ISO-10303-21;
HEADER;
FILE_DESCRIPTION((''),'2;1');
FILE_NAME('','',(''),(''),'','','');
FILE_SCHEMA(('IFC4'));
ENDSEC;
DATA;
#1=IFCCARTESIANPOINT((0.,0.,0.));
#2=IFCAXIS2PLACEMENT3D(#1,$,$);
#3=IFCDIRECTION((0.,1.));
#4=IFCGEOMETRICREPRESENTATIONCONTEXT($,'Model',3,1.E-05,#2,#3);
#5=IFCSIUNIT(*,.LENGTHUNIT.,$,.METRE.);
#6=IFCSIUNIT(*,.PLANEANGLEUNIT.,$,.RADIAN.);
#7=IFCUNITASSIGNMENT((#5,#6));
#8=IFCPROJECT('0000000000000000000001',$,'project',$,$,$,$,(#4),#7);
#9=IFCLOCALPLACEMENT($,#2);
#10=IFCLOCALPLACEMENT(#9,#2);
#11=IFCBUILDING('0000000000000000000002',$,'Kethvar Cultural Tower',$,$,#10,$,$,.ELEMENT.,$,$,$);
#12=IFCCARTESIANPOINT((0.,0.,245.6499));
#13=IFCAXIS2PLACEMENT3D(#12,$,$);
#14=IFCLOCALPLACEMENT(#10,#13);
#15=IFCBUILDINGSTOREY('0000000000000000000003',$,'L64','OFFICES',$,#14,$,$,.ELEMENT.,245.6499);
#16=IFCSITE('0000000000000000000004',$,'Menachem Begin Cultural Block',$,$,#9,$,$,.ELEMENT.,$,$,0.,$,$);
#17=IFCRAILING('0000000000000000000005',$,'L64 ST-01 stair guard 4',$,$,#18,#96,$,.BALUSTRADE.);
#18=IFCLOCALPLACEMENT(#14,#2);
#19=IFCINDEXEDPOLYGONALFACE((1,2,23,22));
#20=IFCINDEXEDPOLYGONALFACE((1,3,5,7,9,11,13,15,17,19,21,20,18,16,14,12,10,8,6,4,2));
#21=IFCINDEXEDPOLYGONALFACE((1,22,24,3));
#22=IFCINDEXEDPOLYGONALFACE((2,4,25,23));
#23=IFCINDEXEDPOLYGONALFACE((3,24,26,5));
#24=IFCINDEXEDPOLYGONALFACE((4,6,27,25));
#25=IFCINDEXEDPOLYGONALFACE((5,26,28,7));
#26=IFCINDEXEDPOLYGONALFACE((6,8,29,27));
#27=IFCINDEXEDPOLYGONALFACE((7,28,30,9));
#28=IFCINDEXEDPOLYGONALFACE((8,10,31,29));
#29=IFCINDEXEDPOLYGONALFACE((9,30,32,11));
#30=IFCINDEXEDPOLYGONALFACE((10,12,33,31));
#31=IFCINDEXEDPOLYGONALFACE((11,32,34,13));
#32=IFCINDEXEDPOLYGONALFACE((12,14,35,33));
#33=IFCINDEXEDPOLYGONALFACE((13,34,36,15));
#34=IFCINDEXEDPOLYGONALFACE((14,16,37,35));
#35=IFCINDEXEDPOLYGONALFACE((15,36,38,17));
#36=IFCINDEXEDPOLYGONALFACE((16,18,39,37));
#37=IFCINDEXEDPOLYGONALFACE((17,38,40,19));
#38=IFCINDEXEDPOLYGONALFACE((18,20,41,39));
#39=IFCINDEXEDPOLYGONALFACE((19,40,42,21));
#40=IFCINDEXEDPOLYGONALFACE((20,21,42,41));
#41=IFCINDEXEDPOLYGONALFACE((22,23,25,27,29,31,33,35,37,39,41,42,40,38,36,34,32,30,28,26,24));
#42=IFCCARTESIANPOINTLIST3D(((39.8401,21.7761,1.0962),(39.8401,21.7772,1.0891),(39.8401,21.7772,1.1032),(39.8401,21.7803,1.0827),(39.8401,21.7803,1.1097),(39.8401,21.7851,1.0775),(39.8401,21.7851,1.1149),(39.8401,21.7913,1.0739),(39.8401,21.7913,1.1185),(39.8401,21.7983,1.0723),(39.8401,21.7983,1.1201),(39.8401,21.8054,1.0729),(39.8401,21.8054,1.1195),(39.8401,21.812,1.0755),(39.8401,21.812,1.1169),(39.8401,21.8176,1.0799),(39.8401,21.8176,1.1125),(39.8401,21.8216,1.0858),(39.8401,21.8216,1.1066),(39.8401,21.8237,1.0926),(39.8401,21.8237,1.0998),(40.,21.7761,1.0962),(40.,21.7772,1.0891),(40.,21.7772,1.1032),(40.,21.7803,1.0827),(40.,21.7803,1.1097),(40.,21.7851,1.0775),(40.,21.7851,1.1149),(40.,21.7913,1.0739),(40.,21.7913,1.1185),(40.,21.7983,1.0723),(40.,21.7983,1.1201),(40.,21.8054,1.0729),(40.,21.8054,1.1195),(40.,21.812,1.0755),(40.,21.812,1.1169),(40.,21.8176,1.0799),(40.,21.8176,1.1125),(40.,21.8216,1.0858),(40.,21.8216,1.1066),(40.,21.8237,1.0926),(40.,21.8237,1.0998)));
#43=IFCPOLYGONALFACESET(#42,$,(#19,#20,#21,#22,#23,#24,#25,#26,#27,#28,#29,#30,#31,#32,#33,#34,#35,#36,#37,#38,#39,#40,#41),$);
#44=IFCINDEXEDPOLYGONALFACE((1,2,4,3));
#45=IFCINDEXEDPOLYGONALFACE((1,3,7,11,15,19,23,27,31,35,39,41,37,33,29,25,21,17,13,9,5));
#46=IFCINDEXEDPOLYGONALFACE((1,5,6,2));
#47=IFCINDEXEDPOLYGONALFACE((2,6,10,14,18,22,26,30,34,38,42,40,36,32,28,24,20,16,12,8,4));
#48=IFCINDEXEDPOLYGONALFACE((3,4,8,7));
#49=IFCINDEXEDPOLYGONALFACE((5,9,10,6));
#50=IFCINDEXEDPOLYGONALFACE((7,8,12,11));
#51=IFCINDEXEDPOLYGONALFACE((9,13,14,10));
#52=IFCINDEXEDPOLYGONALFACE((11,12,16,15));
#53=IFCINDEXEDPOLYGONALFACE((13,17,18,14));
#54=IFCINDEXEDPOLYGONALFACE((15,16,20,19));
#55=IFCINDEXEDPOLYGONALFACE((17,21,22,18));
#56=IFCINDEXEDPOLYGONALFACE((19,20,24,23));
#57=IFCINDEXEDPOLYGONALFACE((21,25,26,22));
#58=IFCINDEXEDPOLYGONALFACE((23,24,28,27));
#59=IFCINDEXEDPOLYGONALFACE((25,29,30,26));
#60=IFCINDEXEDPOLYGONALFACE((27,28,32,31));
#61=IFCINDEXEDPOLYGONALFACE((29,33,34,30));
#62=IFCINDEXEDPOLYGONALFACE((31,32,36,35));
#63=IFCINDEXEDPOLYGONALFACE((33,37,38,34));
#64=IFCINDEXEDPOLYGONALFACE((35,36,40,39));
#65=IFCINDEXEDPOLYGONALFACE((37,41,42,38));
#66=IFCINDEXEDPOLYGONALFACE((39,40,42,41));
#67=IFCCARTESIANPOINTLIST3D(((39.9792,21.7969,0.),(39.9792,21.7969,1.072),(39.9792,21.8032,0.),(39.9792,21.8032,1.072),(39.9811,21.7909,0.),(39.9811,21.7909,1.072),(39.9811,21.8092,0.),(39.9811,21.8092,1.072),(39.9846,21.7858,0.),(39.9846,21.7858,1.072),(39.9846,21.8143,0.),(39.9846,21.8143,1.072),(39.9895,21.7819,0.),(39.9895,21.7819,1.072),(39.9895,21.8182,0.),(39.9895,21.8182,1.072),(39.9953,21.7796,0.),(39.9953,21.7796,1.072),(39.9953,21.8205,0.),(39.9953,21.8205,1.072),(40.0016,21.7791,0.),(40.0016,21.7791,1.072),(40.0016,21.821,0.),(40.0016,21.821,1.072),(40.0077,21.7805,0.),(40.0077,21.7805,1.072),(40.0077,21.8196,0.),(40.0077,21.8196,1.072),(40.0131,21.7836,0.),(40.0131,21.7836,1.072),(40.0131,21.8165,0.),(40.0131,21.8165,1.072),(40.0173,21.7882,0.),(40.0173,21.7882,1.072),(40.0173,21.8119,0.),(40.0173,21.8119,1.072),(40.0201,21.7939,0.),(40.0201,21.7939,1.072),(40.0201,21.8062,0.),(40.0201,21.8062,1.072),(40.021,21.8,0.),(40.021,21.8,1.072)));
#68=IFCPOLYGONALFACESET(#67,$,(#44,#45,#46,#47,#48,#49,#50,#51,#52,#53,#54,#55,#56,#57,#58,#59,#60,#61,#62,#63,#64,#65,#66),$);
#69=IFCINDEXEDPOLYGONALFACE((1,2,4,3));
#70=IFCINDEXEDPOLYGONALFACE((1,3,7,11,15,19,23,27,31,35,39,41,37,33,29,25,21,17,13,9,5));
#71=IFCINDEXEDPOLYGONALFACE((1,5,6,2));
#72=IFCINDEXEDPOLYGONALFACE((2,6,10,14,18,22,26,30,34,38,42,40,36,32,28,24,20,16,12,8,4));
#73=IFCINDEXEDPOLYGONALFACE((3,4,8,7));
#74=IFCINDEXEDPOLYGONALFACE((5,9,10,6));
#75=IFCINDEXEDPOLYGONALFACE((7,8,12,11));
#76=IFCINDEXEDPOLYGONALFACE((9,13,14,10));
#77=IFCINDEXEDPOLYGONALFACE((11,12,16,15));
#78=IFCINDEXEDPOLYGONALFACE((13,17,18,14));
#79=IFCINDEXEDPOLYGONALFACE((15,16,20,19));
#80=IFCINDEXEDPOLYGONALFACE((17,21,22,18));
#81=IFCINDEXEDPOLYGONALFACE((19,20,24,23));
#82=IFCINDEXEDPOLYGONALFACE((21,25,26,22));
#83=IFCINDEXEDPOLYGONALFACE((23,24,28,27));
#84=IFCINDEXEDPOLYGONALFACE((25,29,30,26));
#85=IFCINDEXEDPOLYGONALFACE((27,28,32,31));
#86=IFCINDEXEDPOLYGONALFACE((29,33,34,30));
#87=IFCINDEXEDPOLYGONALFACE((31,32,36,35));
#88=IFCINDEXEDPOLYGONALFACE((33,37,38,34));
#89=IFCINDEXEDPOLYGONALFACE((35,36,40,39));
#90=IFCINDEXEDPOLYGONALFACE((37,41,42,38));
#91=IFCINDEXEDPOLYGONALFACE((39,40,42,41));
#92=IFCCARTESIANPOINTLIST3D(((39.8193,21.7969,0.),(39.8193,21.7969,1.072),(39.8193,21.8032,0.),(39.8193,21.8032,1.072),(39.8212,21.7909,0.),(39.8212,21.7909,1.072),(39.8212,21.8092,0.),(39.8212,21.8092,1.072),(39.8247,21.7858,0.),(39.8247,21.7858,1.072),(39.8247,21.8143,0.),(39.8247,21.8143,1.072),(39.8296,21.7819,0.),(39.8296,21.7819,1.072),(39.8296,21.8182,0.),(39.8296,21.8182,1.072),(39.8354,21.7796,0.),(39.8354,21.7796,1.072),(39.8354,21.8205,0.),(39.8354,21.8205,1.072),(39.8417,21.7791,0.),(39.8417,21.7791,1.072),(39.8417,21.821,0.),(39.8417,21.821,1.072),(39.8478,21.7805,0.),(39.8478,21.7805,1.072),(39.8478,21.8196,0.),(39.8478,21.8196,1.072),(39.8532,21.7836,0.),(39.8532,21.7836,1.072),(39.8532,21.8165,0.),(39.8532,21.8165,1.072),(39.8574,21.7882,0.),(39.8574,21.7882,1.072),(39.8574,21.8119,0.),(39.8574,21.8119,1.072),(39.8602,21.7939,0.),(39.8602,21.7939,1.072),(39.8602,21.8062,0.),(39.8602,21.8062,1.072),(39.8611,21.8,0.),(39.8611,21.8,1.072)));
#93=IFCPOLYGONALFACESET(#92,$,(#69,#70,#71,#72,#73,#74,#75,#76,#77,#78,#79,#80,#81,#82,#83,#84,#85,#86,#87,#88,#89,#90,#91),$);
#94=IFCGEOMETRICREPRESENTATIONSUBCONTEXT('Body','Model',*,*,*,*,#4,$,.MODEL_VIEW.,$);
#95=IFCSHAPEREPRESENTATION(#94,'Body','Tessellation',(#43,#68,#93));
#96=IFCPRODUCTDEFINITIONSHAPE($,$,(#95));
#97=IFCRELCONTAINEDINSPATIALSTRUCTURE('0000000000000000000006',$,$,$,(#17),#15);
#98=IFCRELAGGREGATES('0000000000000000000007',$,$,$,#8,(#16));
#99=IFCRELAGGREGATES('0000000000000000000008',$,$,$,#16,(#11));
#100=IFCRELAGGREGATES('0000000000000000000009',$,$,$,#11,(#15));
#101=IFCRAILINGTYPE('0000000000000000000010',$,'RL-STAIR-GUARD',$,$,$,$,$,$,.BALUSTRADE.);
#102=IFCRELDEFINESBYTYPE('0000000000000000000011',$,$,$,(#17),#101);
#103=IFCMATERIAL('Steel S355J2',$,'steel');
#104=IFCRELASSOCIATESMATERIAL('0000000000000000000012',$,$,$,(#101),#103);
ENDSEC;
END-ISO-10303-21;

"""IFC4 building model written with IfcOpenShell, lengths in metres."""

from ifc_helpers import new_model, si_unit, direction, frame, origin, origin_2d, place, context, subcontext, project, spatial, circle, extrude, material, type_object, element, save


model = new_model("IFC4")

# Units and contexts
model_context = context("Model", 3, precision=1e-05, world=origin(), true_north=direction((0.0, 1.0)))
body_context = subcontext(model_context, "Body", "Model", "MODEL_VIEW")
ifc_project = project(units=[si_unit("LENGTHUNIT", "METRE"), si_unit("PLANEANGLEUNIT", "RADIAN")], contexts=[model_context])

# Site, building, storey
site_placement = place(None, origin())
site = spatial("IfcSite", under=ifc_project, at=site_placement, Name="Menachem Begin Cultural Block", CompositionType="ELEMENT", RefElevation=0.0)
building_placement = place(site_placement, origin())
building = spatial("IfcBuilding", under=site, at=building_placement, Name="Kethvar Cultural Tower", CompositionType="ELEMENT")
storey_placement = place(building_placement, frame((0.0, 0.0, 245.6499)))
storey = spatial("IfcBuildingStorey", under=building, at=storey_placement, Name="L64", Description="OFFICES", CompositionType="ELEMENT", Elevation=245.6499)

# Shared definitions
ifc_material_1 = material(Name="Steel S355J2", Category="steel")

# Railing
railing_type_1 = type_object("IfcRailingType", Name="RL-STAIR-GUARD", PredefinedType="BALUSTRADE", material=ifc_material_1)
railing_1_placement = place(storey_placement, frame((40.0, 21.8, 0.0)))
element("IfcRailing", 1, at=railing_1_placement, inside=storey, type_object=railing_type_1, Name="L64 ST-01 stair guard 4", PredefinedType="BALUSTRADE", context=body_context, shape_type="SweptSolid", body=[
    extrude(circle(Radius=0.0239, at=origin_2d()), frame((0.0, 0.0, 1.0962), z_axis=(-1.0, 0.0, 0.0), x_axis=(0.0, -1.0, 0.0)), (0.0, 0.0, 1.0), 0.1599),
    extrude(circle(Radius=0.021, at=origin_2d()), origin(), (0.0, 0.0, 1.0), 1.072),
    extrude(circle(Radius=0.021, at=origin_2d()), frame((-0.1599, 0.0, 0.0)), (0.0, 0.0, 1.0), 1.072),
])

save(model, "model.ifc")
